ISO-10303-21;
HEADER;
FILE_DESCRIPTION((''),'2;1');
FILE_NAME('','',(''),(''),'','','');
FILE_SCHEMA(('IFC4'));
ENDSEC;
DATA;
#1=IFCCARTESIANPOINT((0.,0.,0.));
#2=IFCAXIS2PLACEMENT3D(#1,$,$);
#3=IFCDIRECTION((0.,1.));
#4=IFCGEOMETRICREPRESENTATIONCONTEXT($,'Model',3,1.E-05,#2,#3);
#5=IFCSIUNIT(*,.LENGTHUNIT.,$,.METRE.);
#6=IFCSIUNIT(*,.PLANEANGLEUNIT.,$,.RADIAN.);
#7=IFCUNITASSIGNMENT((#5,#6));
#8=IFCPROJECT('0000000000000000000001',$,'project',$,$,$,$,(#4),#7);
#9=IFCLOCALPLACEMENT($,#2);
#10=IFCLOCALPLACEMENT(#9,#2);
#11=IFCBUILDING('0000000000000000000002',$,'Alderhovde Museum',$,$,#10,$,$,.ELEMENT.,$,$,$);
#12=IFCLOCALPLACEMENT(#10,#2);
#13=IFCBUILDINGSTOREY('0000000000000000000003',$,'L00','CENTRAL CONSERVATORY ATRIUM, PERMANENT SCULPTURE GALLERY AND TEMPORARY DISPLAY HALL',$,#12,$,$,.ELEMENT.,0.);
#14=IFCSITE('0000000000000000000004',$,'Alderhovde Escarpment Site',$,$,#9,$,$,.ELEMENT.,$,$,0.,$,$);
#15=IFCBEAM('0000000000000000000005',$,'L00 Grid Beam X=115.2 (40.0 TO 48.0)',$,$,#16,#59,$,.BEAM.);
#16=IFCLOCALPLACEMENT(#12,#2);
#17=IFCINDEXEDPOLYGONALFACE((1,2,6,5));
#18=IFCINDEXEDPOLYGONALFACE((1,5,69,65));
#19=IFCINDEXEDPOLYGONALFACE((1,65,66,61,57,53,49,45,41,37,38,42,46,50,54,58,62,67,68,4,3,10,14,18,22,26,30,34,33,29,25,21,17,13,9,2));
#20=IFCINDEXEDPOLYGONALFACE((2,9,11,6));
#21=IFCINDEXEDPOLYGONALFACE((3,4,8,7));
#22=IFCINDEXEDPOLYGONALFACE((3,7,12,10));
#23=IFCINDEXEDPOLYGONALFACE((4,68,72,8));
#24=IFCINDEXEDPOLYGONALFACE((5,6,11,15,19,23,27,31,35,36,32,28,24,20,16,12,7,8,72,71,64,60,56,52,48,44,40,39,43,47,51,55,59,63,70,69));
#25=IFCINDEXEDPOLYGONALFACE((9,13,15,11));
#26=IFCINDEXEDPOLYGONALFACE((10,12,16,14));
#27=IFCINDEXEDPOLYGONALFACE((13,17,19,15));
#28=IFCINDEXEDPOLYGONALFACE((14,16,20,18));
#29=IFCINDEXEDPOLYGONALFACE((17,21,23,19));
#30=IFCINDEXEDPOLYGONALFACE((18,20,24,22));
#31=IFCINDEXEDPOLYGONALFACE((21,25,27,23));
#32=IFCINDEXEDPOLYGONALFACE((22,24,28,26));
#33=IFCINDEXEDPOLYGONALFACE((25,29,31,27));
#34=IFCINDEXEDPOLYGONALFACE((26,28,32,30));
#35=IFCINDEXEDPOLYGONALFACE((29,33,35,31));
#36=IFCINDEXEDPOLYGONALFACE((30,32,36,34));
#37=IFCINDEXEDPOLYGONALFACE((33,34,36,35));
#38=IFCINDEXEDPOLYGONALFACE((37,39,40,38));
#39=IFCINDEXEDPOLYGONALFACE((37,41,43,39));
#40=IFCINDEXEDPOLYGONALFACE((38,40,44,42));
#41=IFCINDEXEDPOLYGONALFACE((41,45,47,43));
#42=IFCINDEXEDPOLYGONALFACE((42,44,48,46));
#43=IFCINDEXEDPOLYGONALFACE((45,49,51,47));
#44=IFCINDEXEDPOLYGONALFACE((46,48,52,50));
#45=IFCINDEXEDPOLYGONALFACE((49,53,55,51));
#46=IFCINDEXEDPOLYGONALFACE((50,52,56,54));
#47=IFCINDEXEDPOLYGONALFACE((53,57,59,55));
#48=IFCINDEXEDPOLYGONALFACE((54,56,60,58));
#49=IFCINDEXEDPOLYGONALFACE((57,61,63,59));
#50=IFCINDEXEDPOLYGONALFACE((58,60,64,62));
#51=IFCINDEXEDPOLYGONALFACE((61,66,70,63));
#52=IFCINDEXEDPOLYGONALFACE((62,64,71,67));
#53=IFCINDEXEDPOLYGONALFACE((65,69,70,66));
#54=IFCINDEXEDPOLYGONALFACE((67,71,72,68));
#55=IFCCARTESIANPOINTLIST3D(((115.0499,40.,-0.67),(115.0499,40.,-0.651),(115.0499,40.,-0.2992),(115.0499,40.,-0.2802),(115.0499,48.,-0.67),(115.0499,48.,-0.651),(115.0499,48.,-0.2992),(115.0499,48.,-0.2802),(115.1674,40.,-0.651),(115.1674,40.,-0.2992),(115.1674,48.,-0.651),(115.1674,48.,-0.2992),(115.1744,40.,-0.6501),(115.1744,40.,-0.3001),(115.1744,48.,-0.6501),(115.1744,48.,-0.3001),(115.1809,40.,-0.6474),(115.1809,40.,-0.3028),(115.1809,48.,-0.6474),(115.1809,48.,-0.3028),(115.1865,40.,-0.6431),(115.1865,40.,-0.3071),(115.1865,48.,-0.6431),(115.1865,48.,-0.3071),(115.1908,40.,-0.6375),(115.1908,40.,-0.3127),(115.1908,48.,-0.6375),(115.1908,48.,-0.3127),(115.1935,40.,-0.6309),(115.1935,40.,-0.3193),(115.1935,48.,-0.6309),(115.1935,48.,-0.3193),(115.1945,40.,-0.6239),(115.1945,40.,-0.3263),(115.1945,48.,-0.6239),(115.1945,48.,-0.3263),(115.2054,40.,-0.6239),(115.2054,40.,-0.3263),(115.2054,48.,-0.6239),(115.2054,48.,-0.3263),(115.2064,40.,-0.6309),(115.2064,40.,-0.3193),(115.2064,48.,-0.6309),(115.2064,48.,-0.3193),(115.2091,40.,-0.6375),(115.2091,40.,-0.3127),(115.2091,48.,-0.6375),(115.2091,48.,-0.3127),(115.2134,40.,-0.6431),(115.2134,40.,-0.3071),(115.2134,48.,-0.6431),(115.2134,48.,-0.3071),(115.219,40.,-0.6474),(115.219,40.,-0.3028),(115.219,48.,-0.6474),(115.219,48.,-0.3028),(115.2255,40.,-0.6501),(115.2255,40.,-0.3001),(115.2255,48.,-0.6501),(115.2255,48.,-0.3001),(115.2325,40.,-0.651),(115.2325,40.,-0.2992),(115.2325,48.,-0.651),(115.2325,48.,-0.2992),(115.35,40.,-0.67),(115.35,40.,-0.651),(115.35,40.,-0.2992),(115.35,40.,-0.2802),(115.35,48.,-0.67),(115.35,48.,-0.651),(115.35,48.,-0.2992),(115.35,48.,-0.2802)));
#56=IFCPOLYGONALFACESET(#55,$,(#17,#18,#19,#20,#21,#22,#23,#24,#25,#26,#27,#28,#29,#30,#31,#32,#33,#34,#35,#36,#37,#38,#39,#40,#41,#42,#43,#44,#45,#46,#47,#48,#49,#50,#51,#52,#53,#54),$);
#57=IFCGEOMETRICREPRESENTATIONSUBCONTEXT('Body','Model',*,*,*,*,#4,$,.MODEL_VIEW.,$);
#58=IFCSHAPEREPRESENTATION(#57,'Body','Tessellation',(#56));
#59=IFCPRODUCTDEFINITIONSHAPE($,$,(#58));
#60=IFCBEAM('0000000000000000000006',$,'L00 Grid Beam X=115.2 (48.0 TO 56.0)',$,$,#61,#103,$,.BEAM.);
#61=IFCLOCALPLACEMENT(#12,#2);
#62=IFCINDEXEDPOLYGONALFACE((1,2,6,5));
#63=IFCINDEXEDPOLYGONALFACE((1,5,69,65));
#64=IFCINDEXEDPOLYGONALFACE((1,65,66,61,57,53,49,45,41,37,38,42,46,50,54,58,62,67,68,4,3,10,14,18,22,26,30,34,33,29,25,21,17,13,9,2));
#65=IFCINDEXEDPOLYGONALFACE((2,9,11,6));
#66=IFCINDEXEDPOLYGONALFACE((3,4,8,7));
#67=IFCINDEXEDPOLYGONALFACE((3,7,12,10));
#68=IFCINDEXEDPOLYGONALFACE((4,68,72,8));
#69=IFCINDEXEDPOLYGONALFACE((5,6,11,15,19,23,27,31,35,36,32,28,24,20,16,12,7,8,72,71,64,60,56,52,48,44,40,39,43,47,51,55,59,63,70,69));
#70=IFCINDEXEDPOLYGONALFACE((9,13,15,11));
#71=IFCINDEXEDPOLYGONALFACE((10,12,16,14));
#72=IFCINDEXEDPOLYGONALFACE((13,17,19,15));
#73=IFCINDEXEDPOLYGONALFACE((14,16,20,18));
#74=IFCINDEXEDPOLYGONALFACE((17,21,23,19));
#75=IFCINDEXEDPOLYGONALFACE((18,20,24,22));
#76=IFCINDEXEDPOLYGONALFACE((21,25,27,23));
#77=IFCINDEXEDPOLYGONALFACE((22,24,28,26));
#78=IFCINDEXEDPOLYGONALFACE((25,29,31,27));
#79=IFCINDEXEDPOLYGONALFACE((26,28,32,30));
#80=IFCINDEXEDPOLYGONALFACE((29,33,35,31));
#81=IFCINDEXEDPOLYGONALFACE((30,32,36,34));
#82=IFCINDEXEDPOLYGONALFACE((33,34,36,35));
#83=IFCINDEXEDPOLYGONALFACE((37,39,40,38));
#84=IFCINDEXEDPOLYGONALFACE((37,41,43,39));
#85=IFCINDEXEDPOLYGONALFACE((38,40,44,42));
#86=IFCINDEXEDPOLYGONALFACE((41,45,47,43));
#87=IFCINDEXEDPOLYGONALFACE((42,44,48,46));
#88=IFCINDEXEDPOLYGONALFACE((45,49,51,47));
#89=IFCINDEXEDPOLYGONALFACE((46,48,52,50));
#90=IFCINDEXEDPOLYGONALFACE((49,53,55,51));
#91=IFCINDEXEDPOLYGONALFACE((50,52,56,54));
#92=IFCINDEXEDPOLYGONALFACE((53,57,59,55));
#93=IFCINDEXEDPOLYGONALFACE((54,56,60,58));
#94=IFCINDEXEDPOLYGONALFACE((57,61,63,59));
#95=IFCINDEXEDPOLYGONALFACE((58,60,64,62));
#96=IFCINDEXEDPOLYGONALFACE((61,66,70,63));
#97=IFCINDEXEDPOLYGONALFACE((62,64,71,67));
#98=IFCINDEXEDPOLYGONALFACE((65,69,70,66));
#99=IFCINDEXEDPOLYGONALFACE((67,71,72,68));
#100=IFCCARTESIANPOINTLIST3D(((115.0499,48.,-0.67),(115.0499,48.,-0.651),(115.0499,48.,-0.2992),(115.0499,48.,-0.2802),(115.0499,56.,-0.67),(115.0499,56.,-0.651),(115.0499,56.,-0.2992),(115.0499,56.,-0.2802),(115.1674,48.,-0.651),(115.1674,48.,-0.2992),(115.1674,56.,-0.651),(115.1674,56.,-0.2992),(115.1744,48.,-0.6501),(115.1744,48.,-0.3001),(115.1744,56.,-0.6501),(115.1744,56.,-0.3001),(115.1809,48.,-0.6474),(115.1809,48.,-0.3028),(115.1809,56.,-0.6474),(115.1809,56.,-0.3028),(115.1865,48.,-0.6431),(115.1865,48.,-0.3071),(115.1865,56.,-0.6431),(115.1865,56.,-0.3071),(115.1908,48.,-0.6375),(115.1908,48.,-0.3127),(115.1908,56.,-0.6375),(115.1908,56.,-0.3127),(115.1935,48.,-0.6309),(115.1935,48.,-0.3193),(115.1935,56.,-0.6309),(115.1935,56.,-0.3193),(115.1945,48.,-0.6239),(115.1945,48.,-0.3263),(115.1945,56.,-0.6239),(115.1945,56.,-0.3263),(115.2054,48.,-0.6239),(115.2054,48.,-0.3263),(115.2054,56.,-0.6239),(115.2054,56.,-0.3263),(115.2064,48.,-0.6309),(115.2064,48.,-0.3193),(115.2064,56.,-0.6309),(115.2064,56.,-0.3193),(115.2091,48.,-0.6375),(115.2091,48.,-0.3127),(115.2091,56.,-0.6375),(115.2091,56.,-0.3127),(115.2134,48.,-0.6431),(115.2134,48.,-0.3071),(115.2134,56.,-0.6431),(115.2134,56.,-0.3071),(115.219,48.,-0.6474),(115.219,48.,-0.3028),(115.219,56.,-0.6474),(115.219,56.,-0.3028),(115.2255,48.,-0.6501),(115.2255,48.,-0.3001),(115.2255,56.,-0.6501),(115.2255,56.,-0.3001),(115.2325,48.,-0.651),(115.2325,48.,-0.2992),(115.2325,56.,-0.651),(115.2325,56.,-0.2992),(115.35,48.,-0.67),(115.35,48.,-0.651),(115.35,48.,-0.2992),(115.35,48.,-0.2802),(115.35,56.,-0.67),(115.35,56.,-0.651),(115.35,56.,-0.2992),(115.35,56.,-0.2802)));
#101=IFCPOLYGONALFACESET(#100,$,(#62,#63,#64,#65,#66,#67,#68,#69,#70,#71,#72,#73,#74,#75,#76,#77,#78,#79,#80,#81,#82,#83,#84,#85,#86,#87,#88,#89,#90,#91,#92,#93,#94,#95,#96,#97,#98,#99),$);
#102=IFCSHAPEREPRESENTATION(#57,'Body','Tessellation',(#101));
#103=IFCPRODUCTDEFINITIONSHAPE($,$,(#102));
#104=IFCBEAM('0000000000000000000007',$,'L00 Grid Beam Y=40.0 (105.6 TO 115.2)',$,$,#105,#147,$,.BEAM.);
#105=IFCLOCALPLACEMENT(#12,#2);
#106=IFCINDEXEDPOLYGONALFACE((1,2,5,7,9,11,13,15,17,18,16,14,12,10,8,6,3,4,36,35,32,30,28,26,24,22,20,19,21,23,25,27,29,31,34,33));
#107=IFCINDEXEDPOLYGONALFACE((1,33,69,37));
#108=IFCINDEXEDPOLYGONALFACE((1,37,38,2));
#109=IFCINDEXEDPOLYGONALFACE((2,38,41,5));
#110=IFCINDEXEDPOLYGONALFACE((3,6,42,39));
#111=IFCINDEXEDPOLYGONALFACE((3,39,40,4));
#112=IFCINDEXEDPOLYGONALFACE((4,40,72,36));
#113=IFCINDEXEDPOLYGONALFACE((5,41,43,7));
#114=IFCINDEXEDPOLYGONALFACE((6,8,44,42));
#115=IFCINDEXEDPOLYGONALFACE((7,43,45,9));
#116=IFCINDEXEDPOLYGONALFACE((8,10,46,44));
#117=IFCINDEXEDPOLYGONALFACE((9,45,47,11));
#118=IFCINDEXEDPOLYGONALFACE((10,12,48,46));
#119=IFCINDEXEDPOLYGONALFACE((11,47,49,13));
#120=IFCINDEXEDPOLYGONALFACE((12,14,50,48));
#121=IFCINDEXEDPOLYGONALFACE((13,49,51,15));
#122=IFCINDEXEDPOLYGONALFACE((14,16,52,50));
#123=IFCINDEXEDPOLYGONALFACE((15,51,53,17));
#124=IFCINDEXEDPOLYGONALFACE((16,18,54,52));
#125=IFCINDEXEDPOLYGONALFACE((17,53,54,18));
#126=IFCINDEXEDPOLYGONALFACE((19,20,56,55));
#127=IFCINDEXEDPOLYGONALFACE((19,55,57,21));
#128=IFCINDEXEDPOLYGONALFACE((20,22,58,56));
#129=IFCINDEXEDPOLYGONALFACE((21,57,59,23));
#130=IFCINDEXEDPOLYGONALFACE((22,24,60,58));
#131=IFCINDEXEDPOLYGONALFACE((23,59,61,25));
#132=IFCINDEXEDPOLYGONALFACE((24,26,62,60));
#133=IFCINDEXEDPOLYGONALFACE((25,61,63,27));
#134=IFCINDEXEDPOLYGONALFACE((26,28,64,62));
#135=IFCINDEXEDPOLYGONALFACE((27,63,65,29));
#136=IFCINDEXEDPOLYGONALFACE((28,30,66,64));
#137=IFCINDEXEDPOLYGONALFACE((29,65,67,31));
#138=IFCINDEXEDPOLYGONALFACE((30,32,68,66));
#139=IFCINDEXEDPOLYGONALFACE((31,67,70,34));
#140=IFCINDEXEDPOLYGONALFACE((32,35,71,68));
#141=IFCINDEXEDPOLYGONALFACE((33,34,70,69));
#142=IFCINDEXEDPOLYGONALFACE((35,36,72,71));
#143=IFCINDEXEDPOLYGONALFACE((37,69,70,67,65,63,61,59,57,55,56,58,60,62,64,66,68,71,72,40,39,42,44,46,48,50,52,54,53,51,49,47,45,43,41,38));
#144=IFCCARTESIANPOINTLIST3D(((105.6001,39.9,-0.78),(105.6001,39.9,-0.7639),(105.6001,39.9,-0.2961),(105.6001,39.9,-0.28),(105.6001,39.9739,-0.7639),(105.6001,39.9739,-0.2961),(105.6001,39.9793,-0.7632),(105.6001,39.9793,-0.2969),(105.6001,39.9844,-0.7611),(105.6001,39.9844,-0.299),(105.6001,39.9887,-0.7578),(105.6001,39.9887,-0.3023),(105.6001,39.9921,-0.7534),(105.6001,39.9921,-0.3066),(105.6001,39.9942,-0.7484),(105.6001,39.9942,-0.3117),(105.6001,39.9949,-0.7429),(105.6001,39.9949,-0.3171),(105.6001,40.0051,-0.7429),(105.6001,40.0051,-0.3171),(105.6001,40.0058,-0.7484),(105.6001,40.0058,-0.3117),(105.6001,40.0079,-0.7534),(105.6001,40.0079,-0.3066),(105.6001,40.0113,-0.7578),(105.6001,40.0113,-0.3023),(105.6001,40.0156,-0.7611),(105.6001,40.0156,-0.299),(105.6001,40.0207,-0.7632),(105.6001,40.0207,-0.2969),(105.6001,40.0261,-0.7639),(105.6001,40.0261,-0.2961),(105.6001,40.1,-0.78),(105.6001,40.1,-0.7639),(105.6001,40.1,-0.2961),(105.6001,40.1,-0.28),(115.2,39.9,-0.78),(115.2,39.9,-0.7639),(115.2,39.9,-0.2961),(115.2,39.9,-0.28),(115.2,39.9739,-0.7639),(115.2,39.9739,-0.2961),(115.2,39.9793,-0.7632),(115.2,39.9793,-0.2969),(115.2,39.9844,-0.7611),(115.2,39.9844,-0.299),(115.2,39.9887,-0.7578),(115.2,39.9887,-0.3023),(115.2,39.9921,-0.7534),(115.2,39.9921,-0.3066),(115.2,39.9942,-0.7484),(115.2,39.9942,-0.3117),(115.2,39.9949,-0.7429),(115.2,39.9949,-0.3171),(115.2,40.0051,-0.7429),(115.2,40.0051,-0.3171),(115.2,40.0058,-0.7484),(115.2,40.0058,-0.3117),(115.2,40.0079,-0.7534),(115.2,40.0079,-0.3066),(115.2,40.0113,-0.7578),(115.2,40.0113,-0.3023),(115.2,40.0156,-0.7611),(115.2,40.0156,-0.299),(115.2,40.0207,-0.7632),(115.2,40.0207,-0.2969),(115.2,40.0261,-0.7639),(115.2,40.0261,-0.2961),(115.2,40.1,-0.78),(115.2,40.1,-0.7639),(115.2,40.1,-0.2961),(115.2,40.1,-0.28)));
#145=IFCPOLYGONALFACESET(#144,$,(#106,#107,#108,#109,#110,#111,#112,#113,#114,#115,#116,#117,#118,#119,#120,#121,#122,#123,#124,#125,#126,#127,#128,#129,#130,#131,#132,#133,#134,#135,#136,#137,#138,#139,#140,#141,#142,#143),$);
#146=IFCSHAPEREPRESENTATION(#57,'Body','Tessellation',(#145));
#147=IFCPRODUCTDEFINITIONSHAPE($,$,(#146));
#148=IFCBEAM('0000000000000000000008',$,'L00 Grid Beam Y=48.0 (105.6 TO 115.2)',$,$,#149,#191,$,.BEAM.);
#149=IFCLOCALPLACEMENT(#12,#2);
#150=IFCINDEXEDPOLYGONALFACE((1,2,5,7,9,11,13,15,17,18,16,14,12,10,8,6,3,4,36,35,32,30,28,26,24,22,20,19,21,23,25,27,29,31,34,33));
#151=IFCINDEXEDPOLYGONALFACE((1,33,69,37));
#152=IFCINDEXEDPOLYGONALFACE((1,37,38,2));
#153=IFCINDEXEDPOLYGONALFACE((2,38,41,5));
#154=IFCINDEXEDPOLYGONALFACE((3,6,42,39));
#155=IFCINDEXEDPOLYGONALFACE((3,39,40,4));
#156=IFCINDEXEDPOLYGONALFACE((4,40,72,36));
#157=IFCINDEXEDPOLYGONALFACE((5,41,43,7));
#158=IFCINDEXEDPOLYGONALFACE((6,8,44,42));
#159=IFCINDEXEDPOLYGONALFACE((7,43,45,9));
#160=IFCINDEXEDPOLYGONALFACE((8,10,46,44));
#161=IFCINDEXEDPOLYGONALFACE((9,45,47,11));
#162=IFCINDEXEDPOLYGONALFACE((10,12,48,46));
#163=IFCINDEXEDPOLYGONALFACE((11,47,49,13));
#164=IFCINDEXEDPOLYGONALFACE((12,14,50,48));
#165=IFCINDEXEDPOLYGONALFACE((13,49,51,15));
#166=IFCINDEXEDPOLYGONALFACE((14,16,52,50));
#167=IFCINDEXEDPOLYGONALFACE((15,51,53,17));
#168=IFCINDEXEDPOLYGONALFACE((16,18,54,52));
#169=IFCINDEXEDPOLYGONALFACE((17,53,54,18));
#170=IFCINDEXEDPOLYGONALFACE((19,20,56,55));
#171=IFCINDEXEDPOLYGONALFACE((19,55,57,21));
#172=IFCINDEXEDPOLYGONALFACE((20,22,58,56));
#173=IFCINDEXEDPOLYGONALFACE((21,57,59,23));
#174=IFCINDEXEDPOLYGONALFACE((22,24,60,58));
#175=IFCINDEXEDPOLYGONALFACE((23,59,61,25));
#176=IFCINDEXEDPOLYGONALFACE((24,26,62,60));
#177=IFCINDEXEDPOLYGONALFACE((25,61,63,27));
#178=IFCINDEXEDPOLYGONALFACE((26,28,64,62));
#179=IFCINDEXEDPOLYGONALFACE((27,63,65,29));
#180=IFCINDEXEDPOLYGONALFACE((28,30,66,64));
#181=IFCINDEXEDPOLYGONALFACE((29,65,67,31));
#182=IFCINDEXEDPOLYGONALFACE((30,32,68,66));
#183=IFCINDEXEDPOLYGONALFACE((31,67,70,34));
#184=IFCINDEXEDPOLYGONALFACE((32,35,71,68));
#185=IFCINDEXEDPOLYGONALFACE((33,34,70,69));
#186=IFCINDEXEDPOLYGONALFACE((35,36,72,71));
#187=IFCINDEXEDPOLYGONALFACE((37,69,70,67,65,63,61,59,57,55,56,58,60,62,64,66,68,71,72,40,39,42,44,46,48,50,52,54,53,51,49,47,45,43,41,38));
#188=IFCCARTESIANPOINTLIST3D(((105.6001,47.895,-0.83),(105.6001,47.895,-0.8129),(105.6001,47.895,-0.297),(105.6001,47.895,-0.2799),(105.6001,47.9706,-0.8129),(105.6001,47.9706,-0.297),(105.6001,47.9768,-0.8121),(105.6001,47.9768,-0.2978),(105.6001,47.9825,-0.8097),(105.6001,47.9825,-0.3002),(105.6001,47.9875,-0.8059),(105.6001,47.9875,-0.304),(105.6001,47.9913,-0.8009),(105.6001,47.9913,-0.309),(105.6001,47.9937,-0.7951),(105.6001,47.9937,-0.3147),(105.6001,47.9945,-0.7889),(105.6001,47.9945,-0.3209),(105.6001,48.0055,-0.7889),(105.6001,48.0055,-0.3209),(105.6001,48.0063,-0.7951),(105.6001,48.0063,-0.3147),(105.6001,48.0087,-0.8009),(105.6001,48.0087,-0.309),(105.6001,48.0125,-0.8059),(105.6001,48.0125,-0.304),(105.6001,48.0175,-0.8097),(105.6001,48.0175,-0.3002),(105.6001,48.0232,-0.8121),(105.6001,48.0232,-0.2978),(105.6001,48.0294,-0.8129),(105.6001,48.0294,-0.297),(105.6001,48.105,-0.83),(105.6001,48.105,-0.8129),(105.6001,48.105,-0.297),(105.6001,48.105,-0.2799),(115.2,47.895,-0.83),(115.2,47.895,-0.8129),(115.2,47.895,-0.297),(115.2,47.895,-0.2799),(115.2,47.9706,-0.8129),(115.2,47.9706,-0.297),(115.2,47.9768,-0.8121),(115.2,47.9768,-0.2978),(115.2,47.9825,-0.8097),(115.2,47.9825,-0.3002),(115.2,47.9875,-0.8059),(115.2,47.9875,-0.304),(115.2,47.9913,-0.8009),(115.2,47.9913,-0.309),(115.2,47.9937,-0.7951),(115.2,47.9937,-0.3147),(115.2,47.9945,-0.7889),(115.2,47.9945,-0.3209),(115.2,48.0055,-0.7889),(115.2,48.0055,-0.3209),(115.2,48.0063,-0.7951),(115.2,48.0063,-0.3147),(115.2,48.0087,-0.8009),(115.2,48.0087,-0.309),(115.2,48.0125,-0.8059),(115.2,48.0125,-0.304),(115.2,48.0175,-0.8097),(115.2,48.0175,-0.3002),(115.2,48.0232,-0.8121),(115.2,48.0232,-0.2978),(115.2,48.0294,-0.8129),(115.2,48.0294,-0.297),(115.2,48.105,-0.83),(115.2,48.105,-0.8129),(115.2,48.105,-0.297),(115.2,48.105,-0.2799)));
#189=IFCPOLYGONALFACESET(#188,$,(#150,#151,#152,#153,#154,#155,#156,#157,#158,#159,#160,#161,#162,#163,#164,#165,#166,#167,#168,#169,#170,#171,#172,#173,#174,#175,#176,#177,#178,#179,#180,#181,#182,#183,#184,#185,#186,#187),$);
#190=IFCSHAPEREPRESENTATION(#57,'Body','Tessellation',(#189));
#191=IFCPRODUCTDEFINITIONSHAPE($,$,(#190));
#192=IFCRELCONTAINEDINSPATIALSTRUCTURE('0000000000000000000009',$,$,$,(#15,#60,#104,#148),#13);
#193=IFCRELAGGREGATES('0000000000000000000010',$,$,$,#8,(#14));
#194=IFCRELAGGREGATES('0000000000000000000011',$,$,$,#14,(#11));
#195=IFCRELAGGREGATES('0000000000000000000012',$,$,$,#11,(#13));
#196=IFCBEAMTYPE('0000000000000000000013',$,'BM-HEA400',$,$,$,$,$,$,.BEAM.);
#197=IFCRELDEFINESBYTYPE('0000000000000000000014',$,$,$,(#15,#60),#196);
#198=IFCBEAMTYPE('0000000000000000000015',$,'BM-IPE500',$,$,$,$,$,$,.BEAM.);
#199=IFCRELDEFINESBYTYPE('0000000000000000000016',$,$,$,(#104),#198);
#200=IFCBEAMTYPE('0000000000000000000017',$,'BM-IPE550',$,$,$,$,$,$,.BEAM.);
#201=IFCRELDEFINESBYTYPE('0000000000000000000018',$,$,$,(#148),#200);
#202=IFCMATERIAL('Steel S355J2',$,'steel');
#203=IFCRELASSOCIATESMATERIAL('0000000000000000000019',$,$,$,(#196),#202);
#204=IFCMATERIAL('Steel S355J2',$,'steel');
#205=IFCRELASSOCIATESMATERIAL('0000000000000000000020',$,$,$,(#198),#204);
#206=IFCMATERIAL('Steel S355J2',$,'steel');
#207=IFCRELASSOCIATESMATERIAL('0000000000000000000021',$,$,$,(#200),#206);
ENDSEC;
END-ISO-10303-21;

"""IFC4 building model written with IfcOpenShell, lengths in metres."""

from ifc_helpers import new_model, si_unit, direction, frame, origin, origin_2d, place, context, subcontext, project, spatial, i_section, extrude, material, material_profile, profile_set, type_object, element, save


model = new_model("IFC4")

# Units and contexts
model_context = context("Model", 3, precision=1e-05, world=origin(), true_north=direction((0.0, 1.0)))
body_context = subcontext(model_context, "Body", "Model", "MODEL_VIEW")
ifc_project = project(units=[si_unit("LENGTHUNIT", "METRE"), si_unit("PLANEANGLEUNIT", "RADIAN")], contexts=[model_context])

# Site, building, storey
site_placement = place(None, origin())
site = spatial("IfcSite", under=ifc_project, at=site_placement, Name="Alderhovde Escarpment Site", CompositionType="ELEMENT", RefElevation=0.0)
building_placement = place(site_placement, origin())
building = spatial("IfcBuilding", under=site, at=building_placement, Name="Alderhovde Museum", CompositionType="ELEMENT")
storey_placement = place(building_placement, origin())
storey = spatial("IfcBuildingStorey", under=building, at=storey_placement, Name="L00", Description="CENTRAL CONSERVATORY ATRIUM, PERMANENT SCULPTURE GALLERY AND TEMPORARY DISPLAY HALL", CompositionType="ELEMENT", Elevation=0.0)

# Beams
ifc_material_1 = material(Name="Steel S355J2", Category="steel")
ifc_material_profile_1 = material_profile(ifc_material_1, i_section(OverallWidth=0.3, OverallDepth=0.3899, WebThickness=0.011, FlangeThickness=0.019, FilletRadius=0.0271, at=origin_2d()), Name="HEA 400")
ifc_profile_set_1 = profile_set([ifc_material_profile_1], Name="Steel S355J2")
beam_type_1 = type_object("IfcBeamType", Name="BM-HEA400", PredefinedType="BEAM", material=ifc_profile_set_1)
for number, where, z_axis, x_axis, name in (
    (1, (115.2, 40.0, -0.4751), (0.0, 1.0, 0.0), (-1.0, 0.0, 0.0), "L00 Grid Beam X=115.2 (40.0 TO 48.0)"),
    (2, (115.2, 48.0, -0.4751), (0.0, 1.0, 0.0), (-1.0, 0.0, 0.0), "L00 Grid Beam X=115.2 (48.0 TO 56.0)"),
):
    element("IfcBeam", number, at=place(storey_placement, frame(where, z_axis=z_axis, x_axis=x_axis)), inside=storey, type_object=beam_type_1, Name=name, PredefinedType="BEAM", context=body_context, shape_type="SweptSolid", body=[
        extrude(i_section(OverallWidth=0.3, OverallDepth=0.3899, WebThickness=0.011, FlangeThickness=0.019, FilletRadius=0.0271, at=origin_2d()), origin(), (0.0, 0.0, 1.0), 8.0),
    ])
ifc_material_2 = material(Name="Steel S355J2", Category="steel")
ifc_material_profile_2 = material_profile(ifc_material_2, i_section(OverallWidth=0.2, OverallDepth=0.5, WebThickness=0.0103, FlangeThickness=0.0161, FilletRadius=0.021, at=origin_2d()), Name="IPE 500")
ifc_profile_set_2 = profile_set([ifc_material_profile_2], Name="Steel S355J2")
beam_type_2 = type_object("IfcBeamType", Name="BM-IPE500", PredefinedType="BEAM", material=ifc_profile_set_2)
beam_1_placement = place(storey_placement, frame((105.6001, 40.0, -0.53), z_axis=(1.0, 0.0, 0.0), x_axis=(0.0, 1.0, 0.0)))
element("IfcBeam", 3, at=beam_1_placement, inside=storey, type_object=beam_type_2, Name="L00 Grid Beam Y=40.0 (105.6 TO 115.2)", PredefinedType="BEAM", context=body_context, shape_type="SweptSolid", body=[
    extrude(i_section(OverallWidth=0.2, OverallDepth=0.5, WebThickness=0.0103, FlangeThickness=0.0161, FilletRadius=0.021, at=origin_2d()), origin(), (0.0, 0.0, 1.0), 9.5999),
])
ifc_material_3 = material(Name="Steel S355J2", Category="steel")
ifc_material_profile_3 = material_profile(ifc_material_3, i_section(OverallWidth=0.21, OverallDepth=0.55, WebThickness=0.011, FlangeThickness=0.0171, FilletRadius=0.0239, at=origin_2d()), Name="IPE 550")
ifc_profile_set_3 = profile_set([ifc_material_profile_3], Name="Steel S355J2")
beam_type_3 = type_object("IfcBeamType", Name="BM-IPE550", PredefinedType="BEAM", material=ifc_profile_set_3)
beam_2_placement = place(storey_placement, frame((105.6001, 48.0, -0.5549), z_axis=(1.0, 0.0, 0.0), x_axis=(0.0, 1.0, 0.0)))
element("IfcBeam", 4, at=beam_2_placement, inside=storey, type_object=beam_type_3, Name="L00 Grid Beam Y=48.0 (105.6 TO 115.2)", PredefinedType="BEAM", context=body_context, shape_type="SweptSolid", body=[
    extrude(i_section(OverallWidth=0.21, OverallDepth=0.55, WebThickness=0.011, FlangeThickness=0.0171, FilletRadius=0.0239, at=origin_2d()), origin(), (0.0, 0.0, 1.0), 9.5999),
])

save(model, "model.ifc")
